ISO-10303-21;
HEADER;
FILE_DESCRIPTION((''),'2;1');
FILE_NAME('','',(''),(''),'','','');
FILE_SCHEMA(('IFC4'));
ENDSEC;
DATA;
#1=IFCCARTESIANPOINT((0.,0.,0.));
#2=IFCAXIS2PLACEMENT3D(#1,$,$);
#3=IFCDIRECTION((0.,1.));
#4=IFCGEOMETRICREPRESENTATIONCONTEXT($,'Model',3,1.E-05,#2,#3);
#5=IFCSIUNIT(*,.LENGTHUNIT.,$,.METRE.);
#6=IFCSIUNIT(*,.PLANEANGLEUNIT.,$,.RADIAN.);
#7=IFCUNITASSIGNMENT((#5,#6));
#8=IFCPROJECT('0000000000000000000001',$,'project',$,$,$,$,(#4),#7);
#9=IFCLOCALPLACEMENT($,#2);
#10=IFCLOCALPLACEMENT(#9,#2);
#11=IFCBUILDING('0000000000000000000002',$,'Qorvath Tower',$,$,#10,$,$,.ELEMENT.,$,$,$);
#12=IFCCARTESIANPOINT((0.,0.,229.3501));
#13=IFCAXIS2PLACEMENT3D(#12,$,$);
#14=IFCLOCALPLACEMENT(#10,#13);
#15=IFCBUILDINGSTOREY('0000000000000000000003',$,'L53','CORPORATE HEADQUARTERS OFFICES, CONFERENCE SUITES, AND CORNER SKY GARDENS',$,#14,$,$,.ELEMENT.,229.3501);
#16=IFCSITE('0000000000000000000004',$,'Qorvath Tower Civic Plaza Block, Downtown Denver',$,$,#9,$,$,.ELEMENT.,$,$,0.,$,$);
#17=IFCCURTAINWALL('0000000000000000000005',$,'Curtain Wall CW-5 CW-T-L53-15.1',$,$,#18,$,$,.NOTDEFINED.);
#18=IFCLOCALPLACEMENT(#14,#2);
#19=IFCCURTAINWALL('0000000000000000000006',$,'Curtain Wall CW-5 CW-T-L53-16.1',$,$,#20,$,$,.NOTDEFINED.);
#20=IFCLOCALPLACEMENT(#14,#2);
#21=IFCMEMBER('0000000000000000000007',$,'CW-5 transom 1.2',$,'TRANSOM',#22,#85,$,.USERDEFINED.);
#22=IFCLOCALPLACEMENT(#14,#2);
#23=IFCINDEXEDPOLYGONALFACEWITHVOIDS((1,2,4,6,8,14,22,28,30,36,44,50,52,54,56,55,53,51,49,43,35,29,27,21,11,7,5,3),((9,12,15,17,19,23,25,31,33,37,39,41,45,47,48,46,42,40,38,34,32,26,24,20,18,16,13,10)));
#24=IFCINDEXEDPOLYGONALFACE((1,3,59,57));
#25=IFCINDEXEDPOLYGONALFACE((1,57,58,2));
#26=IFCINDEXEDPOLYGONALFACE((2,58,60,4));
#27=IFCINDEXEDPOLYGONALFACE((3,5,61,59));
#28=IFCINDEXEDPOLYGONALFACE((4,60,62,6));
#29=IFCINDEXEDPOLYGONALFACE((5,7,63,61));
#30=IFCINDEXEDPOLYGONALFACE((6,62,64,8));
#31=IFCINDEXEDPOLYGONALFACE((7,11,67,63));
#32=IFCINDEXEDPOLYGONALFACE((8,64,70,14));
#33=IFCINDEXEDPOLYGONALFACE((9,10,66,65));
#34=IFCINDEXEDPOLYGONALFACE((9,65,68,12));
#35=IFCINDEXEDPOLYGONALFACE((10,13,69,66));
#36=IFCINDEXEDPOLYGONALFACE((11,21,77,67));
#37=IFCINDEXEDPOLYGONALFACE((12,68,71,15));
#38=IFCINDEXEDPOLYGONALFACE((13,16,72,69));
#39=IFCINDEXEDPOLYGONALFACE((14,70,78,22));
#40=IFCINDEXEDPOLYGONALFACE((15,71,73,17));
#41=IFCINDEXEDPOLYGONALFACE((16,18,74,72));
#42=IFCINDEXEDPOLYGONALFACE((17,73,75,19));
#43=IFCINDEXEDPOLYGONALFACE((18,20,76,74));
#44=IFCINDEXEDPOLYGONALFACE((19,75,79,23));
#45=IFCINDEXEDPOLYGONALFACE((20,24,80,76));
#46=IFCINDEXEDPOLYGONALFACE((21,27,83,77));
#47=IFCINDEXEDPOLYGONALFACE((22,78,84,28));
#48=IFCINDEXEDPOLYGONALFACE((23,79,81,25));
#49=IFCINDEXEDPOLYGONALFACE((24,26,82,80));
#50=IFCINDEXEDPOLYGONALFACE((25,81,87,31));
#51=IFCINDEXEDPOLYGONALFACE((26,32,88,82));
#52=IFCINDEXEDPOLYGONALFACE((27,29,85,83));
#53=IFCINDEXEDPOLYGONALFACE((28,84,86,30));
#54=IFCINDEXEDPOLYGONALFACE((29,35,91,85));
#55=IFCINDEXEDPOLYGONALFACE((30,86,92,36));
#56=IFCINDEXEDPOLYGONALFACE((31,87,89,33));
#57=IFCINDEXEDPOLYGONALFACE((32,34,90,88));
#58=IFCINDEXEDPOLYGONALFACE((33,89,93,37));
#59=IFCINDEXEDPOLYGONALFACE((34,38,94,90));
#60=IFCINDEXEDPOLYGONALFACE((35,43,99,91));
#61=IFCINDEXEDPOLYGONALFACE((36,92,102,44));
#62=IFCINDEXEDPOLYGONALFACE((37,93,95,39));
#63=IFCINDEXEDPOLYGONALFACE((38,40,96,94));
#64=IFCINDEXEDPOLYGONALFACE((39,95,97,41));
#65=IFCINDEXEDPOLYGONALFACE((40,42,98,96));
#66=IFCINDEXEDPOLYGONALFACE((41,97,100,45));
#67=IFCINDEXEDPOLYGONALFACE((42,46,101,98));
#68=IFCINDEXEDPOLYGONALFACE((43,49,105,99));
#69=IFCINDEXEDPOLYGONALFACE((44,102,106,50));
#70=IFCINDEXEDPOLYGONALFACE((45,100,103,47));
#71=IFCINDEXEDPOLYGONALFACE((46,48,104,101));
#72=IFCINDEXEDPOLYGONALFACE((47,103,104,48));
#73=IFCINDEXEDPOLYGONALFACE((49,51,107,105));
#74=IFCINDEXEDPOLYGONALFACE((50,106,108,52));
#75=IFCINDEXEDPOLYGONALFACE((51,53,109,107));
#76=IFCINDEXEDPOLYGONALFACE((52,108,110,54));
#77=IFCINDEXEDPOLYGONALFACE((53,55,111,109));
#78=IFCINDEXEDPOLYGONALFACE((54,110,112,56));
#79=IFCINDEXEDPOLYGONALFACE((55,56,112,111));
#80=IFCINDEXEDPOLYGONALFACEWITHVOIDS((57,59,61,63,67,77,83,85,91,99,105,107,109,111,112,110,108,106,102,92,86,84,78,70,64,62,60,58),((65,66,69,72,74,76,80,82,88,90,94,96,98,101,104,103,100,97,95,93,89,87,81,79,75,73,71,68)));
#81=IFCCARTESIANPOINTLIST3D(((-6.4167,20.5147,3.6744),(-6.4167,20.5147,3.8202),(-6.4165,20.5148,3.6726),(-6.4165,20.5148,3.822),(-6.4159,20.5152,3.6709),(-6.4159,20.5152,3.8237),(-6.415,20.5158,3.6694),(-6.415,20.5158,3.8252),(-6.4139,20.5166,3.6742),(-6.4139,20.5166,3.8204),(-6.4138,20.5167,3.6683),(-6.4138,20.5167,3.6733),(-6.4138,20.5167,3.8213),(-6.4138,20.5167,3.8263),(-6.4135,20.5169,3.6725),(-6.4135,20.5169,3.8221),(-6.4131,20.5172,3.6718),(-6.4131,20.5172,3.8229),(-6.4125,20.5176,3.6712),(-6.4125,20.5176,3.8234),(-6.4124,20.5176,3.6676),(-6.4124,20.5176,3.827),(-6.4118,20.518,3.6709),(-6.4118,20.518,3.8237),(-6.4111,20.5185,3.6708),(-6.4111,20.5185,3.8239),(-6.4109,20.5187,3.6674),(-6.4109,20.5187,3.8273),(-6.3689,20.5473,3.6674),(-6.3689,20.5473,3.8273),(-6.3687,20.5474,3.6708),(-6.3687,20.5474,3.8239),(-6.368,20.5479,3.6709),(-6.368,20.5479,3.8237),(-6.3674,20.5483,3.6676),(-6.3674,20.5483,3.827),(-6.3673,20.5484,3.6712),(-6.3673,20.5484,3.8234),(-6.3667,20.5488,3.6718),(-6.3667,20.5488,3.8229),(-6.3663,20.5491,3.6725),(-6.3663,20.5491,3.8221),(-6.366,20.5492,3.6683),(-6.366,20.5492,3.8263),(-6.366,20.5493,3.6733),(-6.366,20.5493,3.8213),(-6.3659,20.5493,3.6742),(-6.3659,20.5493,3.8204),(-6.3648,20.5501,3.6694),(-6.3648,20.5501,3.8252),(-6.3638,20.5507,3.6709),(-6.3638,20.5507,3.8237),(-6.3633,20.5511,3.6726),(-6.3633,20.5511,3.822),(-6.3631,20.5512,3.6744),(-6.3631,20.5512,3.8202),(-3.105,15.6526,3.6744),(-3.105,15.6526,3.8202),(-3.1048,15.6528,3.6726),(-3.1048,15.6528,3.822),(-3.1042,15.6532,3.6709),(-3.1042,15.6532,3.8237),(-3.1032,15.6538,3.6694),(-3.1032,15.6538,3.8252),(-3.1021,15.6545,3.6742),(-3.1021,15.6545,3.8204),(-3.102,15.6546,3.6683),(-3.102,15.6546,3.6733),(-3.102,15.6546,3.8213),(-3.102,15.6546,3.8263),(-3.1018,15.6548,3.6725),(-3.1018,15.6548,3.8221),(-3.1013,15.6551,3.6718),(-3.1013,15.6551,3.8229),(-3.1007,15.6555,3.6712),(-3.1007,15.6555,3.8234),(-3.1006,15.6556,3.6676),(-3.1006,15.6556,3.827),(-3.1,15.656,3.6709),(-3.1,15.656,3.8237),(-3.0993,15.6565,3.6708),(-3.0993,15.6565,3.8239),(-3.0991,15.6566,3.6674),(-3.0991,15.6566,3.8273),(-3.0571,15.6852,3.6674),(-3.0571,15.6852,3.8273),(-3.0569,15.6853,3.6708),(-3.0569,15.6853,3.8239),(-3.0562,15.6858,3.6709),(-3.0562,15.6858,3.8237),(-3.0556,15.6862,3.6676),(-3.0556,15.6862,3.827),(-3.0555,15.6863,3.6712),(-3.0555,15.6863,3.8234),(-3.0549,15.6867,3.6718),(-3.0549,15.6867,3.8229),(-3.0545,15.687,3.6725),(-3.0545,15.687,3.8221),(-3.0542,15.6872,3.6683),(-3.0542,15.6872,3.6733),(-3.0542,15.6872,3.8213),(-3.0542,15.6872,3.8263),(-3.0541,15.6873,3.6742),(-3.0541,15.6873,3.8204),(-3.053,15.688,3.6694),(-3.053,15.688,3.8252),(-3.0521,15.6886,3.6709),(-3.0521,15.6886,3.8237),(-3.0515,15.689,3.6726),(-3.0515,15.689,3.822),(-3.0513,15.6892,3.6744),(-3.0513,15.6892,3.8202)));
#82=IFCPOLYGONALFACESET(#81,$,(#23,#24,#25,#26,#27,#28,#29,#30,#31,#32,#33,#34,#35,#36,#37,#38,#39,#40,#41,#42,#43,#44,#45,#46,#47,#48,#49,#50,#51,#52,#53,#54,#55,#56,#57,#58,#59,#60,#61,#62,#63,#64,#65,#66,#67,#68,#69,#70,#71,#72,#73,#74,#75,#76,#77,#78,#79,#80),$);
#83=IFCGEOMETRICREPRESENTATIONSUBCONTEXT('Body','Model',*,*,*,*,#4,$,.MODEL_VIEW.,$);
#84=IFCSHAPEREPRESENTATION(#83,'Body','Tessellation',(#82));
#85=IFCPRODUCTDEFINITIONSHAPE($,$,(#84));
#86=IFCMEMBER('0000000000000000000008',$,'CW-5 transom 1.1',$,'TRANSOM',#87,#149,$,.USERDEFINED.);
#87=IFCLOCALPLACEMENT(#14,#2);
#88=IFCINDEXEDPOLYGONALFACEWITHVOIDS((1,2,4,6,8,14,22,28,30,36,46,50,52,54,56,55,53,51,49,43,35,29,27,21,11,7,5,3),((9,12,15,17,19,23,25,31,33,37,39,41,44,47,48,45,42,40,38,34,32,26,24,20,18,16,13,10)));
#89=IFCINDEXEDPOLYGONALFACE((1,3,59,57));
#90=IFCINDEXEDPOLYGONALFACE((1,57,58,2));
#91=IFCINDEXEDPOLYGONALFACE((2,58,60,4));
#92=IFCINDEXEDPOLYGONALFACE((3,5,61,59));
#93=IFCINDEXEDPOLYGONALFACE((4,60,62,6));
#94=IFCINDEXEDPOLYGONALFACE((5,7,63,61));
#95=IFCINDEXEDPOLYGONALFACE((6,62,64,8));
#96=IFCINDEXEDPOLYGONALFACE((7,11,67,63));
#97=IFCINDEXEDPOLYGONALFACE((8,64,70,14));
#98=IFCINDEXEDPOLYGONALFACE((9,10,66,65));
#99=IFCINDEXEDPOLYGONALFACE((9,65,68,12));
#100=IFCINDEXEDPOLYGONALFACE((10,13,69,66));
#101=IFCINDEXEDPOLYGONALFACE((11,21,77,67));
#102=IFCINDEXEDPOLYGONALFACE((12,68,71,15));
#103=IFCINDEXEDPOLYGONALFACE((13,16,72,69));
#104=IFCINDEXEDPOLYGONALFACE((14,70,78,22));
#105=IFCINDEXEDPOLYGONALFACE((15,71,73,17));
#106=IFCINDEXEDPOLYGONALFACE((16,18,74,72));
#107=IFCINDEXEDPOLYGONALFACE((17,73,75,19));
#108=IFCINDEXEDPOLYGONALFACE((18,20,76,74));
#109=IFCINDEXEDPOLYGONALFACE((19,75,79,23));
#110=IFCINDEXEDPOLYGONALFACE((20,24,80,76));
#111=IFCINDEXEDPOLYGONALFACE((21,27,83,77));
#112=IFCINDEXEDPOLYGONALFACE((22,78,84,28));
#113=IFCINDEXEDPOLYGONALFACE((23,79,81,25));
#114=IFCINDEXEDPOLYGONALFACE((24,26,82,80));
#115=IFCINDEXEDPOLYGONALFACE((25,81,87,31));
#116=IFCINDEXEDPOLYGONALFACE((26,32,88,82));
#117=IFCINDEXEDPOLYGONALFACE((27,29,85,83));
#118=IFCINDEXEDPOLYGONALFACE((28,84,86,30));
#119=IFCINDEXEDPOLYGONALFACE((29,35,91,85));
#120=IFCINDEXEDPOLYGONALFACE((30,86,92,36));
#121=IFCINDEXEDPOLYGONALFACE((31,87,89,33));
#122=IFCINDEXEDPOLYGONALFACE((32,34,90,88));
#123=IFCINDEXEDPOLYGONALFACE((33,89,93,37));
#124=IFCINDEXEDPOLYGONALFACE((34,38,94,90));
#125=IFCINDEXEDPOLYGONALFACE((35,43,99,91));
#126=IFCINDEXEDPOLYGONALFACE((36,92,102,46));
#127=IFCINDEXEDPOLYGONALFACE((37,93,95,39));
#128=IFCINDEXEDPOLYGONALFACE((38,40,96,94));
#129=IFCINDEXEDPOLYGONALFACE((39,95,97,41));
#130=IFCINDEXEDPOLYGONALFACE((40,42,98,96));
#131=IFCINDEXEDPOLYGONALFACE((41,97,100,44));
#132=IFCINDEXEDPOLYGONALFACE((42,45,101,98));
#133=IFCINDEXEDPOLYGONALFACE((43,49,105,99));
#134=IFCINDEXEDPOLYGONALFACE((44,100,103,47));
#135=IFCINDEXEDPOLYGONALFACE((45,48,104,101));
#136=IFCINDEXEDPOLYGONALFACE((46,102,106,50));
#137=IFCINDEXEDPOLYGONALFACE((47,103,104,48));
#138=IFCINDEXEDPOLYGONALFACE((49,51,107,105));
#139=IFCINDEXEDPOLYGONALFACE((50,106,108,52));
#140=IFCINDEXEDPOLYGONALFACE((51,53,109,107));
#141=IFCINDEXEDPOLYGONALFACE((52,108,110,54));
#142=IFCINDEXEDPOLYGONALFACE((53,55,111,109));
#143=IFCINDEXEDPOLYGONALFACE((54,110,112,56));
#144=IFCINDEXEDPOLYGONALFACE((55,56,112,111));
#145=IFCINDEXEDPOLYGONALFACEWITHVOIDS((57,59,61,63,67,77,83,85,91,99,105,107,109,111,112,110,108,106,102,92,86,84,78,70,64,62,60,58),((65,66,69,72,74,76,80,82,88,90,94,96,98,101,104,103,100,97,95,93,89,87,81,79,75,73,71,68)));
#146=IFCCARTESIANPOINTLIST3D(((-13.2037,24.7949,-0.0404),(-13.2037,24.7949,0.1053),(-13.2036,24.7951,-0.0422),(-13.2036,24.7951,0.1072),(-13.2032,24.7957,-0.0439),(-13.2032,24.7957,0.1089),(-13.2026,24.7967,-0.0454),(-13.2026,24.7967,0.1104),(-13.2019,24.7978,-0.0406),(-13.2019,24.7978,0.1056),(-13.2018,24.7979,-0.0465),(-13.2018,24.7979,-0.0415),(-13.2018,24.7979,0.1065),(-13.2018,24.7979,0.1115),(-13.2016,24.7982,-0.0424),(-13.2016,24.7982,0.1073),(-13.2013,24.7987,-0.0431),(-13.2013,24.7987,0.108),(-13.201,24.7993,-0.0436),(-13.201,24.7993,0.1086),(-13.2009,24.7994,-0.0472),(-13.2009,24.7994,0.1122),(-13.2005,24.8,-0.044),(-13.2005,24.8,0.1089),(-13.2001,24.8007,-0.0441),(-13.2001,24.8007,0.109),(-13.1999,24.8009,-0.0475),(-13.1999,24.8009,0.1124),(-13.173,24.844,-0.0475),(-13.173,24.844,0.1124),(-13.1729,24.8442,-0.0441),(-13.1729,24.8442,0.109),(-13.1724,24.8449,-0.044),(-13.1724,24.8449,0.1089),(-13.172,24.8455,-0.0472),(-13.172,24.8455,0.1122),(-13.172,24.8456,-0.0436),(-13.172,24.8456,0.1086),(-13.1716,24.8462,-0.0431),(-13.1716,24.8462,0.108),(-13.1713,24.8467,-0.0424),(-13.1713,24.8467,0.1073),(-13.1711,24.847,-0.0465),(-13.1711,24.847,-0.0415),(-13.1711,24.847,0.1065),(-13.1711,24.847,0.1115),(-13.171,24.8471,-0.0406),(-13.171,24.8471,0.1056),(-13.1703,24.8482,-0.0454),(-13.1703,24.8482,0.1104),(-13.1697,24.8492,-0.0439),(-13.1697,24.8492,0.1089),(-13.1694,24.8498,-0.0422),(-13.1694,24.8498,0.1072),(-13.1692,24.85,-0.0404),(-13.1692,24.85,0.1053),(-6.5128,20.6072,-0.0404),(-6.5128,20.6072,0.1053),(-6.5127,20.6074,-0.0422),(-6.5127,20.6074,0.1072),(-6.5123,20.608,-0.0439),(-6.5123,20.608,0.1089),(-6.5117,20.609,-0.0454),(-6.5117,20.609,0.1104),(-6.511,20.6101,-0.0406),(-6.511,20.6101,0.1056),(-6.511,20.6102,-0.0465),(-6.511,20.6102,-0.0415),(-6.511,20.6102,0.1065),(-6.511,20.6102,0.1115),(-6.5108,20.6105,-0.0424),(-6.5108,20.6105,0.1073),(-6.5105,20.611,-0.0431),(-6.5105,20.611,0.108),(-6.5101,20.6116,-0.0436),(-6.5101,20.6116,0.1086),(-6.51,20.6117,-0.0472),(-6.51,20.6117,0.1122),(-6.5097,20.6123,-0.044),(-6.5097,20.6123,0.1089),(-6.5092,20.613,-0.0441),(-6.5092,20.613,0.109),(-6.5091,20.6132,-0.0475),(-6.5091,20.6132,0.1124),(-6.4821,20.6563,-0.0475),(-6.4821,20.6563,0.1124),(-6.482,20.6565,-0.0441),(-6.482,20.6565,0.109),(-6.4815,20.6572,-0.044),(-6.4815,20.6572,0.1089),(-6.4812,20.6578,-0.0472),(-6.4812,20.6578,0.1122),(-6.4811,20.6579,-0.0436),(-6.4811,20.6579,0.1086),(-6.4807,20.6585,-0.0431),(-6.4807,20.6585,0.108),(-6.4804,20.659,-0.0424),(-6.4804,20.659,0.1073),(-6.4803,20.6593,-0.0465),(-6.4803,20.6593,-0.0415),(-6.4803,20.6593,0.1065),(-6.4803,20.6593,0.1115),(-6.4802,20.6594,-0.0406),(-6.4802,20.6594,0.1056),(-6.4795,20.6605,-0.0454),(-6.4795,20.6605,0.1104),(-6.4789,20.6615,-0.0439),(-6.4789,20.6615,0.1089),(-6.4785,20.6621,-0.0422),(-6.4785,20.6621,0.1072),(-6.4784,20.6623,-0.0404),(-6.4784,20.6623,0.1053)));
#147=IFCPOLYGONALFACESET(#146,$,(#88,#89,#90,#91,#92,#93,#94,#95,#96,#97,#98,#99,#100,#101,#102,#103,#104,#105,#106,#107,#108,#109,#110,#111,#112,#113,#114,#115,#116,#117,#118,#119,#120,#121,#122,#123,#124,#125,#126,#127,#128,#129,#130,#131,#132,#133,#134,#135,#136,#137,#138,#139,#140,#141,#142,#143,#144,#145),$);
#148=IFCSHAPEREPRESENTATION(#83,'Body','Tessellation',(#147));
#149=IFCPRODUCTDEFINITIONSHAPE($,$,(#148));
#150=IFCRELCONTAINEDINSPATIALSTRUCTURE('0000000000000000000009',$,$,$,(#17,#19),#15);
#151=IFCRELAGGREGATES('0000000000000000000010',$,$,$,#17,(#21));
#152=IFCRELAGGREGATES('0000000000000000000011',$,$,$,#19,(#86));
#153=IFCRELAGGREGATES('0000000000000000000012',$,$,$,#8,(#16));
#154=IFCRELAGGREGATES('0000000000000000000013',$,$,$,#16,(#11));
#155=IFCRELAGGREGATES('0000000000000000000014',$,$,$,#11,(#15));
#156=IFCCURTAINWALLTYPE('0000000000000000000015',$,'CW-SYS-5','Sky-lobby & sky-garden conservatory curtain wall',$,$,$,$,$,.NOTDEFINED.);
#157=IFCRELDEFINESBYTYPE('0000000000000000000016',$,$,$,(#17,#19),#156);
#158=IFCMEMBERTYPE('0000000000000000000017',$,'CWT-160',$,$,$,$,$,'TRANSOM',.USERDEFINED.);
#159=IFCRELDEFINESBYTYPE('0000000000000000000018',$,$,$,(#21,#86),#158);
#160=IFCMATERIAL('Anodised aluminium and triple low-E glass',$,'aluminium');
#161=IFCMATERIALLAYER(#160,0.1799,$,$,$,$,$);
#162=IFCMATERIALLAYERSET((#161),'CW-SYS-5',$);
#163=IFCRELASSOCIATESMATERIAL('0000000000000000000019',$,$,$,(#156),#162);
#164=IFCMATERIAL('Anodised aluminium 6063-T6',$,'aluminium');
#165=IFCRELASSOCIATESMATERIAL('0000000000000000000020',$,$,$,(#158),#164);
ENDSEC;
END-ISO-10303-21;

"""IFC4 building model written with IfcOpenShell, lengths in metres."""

from ifc_helpers import new_model, si_unit, direction, frame, origin, origin_2d, place, context, subcontext, project, spatial, hollow_rectangle, extrude, material, layer, layer_set, material_profile, profile_set, type_object, element, aggregate, save


model = new_model("IFC4")

# Units and contexts
model_context = context("Model", 3, precision=1e-05, world=origin(), true_north=direction((0.0, 1.0)))
body_context = subcontext(model_context, "Body", "Model", "MODEL_VIEW")
ifc_project = project(units=[si_unit("LENGTHUNIT", "METRE"), si_unit("PLANEANGLEUNIT", "RADIAN")], contexts=[model_context])

# Site, building, storey
site_placement = place(None, origin())
site = spatial("IfcSite", under=ifc_project, at=site_placement, Name="Qorvath Tower Civic Plaza Block, Downtown Denver", CompositionType="ELEMENT", RefElevation=0.0)
building_placement = place(site_placement, origin())
building = spatial("IfcBuilding", under=site, at=building_placement, Name="Qorvath Tower", CompositionType="ELEMENT")
storey_placement = place(building_placement, frame((0.0, 0.0, 229.3501)))
storey = spatial("IfcBuildingStorey", under=building, at=storey_placement, Name="L53", Description="CORPORATE HEADQUARTERS OFFICES, CONFERENCE SUITES, AND CORNER SKY GARDENS", CompositionType="ELEMENT", Elevation=229.3501)

# Shared definitions
ifc_material_1 = material(Name="Anodised aluminium and triple low-E glass", Category="aluminium")
ifc_layer_1 = layer(ifc_material_1, 0.1799)
ifc_layer_set_1 = layer_set([ifc_layer_1], Name="CW-SYS-5")
curtain_wall_type = type_object("IfcCurtainWallType", Name="CW-SYS-5", Description="Sky-lobby & sky-garden conservatory curtain wall", PredefinedType="NOTDEFINED", material=ifc_layer_set_1)

# Curtain walls
curtain_wall_1_placement = place(storey_placement, origin())
curtain_wall_1 = element("IfcCurtainWall", 1, at=curtain_wall_1_placement, inside=storey, type_object=curtain_wall_type, Name="Curtain Wall CW-5 CW-T-L53-15.1", PredefinedType="NOTDEFINED")
curtain_wall_2_placement = place(storey_placement, origin())
curtain_wall_2 = element("IfcCurtainWall", 2, at=curtain_wall_2_placement, inside=storey, type_object=curtain_wall_type, Name="Curtain Wall CW-5 CW-T-L53-16.1", PredefinedType="NOTDEFINED")

# Members
ifc_material_2 = material(Name="Anodised aluminium 6063-T6", Category="aluminium")
ifc_material_profile_1 = material_profile(ifc_material_2, hollow_rectangle(XDim=0.0649, YDim=0.1599, WallThickness=0.0034, InnerFilletRadius=0.0034, OuterFilletRadius=0.0071, at=origin_2d()), Name="CWT 160x65")
ifc_profile_set_1 = profile_set([ifc_material_profile_1], Name="Anodised aluminium 6063-T6")
member_type_1 = type_object("IfcMemberType", Name="CWT-160", ElementType="TRANSOM", PredefinedType="USERDEFINED", material=ifc_profile_set_1)
member_1_placement = place(storey_placement, frame((-3.0781, 15.6709, 3.7473), z_axis=(-0.562957, 0.826486, 0.0), x_axis=(-0.826486, -0.562957, 0.0)))
member_1 = element("IfcMember", 3, at=member_1_placement, type_object=member_type_1, Name="CW-5 transom 1.2", ObjectType="TRANSOM", PredefinedType="USERDEFINED", context=body_context, shape_type="SweptSolid", body=[
    extrude(hollow_rectangle(XDim=0.0649, YDim=0.1599, WallThickness=0.0034, InnerFilletRadius=0.0034, OuterFilletRadius=0.0071, at=origin_2d()), origin(), (0.0, 0.0, 1.0), 5.8828),
])
member_2_placement = place(storey_placement, frame((-6.4956, 20.6348, 0.0325), z_axis=(-0.847661, 0.530538, 0.0), x_axis=(-0.530538, -0.847661, 0.0)))
member_2 = element("IfcMember", 4, at=member_2_placement, type_object=member_type_1, Name="CW-5 transom 1.1", ObjectType="TRANSOM", PredefinedType="USERDEFINED", context=body_context, shape_type="SweptSolid", body=[
    extrude(hollow_rectangle(XDim=0.0649, YDim=0.1599, WallThickness=0.0034, InnerFilletRadius=0.0034, OuterFilletRadius=0.0071, at=origin_2d()), origin(), (0.0, 0.0, 1.0), 7.8933),
])

aggregate(curtain_wall_1, [member_1])
aggregate(curtain_wall_2, [member_2])

save(model, "model.ifc")
